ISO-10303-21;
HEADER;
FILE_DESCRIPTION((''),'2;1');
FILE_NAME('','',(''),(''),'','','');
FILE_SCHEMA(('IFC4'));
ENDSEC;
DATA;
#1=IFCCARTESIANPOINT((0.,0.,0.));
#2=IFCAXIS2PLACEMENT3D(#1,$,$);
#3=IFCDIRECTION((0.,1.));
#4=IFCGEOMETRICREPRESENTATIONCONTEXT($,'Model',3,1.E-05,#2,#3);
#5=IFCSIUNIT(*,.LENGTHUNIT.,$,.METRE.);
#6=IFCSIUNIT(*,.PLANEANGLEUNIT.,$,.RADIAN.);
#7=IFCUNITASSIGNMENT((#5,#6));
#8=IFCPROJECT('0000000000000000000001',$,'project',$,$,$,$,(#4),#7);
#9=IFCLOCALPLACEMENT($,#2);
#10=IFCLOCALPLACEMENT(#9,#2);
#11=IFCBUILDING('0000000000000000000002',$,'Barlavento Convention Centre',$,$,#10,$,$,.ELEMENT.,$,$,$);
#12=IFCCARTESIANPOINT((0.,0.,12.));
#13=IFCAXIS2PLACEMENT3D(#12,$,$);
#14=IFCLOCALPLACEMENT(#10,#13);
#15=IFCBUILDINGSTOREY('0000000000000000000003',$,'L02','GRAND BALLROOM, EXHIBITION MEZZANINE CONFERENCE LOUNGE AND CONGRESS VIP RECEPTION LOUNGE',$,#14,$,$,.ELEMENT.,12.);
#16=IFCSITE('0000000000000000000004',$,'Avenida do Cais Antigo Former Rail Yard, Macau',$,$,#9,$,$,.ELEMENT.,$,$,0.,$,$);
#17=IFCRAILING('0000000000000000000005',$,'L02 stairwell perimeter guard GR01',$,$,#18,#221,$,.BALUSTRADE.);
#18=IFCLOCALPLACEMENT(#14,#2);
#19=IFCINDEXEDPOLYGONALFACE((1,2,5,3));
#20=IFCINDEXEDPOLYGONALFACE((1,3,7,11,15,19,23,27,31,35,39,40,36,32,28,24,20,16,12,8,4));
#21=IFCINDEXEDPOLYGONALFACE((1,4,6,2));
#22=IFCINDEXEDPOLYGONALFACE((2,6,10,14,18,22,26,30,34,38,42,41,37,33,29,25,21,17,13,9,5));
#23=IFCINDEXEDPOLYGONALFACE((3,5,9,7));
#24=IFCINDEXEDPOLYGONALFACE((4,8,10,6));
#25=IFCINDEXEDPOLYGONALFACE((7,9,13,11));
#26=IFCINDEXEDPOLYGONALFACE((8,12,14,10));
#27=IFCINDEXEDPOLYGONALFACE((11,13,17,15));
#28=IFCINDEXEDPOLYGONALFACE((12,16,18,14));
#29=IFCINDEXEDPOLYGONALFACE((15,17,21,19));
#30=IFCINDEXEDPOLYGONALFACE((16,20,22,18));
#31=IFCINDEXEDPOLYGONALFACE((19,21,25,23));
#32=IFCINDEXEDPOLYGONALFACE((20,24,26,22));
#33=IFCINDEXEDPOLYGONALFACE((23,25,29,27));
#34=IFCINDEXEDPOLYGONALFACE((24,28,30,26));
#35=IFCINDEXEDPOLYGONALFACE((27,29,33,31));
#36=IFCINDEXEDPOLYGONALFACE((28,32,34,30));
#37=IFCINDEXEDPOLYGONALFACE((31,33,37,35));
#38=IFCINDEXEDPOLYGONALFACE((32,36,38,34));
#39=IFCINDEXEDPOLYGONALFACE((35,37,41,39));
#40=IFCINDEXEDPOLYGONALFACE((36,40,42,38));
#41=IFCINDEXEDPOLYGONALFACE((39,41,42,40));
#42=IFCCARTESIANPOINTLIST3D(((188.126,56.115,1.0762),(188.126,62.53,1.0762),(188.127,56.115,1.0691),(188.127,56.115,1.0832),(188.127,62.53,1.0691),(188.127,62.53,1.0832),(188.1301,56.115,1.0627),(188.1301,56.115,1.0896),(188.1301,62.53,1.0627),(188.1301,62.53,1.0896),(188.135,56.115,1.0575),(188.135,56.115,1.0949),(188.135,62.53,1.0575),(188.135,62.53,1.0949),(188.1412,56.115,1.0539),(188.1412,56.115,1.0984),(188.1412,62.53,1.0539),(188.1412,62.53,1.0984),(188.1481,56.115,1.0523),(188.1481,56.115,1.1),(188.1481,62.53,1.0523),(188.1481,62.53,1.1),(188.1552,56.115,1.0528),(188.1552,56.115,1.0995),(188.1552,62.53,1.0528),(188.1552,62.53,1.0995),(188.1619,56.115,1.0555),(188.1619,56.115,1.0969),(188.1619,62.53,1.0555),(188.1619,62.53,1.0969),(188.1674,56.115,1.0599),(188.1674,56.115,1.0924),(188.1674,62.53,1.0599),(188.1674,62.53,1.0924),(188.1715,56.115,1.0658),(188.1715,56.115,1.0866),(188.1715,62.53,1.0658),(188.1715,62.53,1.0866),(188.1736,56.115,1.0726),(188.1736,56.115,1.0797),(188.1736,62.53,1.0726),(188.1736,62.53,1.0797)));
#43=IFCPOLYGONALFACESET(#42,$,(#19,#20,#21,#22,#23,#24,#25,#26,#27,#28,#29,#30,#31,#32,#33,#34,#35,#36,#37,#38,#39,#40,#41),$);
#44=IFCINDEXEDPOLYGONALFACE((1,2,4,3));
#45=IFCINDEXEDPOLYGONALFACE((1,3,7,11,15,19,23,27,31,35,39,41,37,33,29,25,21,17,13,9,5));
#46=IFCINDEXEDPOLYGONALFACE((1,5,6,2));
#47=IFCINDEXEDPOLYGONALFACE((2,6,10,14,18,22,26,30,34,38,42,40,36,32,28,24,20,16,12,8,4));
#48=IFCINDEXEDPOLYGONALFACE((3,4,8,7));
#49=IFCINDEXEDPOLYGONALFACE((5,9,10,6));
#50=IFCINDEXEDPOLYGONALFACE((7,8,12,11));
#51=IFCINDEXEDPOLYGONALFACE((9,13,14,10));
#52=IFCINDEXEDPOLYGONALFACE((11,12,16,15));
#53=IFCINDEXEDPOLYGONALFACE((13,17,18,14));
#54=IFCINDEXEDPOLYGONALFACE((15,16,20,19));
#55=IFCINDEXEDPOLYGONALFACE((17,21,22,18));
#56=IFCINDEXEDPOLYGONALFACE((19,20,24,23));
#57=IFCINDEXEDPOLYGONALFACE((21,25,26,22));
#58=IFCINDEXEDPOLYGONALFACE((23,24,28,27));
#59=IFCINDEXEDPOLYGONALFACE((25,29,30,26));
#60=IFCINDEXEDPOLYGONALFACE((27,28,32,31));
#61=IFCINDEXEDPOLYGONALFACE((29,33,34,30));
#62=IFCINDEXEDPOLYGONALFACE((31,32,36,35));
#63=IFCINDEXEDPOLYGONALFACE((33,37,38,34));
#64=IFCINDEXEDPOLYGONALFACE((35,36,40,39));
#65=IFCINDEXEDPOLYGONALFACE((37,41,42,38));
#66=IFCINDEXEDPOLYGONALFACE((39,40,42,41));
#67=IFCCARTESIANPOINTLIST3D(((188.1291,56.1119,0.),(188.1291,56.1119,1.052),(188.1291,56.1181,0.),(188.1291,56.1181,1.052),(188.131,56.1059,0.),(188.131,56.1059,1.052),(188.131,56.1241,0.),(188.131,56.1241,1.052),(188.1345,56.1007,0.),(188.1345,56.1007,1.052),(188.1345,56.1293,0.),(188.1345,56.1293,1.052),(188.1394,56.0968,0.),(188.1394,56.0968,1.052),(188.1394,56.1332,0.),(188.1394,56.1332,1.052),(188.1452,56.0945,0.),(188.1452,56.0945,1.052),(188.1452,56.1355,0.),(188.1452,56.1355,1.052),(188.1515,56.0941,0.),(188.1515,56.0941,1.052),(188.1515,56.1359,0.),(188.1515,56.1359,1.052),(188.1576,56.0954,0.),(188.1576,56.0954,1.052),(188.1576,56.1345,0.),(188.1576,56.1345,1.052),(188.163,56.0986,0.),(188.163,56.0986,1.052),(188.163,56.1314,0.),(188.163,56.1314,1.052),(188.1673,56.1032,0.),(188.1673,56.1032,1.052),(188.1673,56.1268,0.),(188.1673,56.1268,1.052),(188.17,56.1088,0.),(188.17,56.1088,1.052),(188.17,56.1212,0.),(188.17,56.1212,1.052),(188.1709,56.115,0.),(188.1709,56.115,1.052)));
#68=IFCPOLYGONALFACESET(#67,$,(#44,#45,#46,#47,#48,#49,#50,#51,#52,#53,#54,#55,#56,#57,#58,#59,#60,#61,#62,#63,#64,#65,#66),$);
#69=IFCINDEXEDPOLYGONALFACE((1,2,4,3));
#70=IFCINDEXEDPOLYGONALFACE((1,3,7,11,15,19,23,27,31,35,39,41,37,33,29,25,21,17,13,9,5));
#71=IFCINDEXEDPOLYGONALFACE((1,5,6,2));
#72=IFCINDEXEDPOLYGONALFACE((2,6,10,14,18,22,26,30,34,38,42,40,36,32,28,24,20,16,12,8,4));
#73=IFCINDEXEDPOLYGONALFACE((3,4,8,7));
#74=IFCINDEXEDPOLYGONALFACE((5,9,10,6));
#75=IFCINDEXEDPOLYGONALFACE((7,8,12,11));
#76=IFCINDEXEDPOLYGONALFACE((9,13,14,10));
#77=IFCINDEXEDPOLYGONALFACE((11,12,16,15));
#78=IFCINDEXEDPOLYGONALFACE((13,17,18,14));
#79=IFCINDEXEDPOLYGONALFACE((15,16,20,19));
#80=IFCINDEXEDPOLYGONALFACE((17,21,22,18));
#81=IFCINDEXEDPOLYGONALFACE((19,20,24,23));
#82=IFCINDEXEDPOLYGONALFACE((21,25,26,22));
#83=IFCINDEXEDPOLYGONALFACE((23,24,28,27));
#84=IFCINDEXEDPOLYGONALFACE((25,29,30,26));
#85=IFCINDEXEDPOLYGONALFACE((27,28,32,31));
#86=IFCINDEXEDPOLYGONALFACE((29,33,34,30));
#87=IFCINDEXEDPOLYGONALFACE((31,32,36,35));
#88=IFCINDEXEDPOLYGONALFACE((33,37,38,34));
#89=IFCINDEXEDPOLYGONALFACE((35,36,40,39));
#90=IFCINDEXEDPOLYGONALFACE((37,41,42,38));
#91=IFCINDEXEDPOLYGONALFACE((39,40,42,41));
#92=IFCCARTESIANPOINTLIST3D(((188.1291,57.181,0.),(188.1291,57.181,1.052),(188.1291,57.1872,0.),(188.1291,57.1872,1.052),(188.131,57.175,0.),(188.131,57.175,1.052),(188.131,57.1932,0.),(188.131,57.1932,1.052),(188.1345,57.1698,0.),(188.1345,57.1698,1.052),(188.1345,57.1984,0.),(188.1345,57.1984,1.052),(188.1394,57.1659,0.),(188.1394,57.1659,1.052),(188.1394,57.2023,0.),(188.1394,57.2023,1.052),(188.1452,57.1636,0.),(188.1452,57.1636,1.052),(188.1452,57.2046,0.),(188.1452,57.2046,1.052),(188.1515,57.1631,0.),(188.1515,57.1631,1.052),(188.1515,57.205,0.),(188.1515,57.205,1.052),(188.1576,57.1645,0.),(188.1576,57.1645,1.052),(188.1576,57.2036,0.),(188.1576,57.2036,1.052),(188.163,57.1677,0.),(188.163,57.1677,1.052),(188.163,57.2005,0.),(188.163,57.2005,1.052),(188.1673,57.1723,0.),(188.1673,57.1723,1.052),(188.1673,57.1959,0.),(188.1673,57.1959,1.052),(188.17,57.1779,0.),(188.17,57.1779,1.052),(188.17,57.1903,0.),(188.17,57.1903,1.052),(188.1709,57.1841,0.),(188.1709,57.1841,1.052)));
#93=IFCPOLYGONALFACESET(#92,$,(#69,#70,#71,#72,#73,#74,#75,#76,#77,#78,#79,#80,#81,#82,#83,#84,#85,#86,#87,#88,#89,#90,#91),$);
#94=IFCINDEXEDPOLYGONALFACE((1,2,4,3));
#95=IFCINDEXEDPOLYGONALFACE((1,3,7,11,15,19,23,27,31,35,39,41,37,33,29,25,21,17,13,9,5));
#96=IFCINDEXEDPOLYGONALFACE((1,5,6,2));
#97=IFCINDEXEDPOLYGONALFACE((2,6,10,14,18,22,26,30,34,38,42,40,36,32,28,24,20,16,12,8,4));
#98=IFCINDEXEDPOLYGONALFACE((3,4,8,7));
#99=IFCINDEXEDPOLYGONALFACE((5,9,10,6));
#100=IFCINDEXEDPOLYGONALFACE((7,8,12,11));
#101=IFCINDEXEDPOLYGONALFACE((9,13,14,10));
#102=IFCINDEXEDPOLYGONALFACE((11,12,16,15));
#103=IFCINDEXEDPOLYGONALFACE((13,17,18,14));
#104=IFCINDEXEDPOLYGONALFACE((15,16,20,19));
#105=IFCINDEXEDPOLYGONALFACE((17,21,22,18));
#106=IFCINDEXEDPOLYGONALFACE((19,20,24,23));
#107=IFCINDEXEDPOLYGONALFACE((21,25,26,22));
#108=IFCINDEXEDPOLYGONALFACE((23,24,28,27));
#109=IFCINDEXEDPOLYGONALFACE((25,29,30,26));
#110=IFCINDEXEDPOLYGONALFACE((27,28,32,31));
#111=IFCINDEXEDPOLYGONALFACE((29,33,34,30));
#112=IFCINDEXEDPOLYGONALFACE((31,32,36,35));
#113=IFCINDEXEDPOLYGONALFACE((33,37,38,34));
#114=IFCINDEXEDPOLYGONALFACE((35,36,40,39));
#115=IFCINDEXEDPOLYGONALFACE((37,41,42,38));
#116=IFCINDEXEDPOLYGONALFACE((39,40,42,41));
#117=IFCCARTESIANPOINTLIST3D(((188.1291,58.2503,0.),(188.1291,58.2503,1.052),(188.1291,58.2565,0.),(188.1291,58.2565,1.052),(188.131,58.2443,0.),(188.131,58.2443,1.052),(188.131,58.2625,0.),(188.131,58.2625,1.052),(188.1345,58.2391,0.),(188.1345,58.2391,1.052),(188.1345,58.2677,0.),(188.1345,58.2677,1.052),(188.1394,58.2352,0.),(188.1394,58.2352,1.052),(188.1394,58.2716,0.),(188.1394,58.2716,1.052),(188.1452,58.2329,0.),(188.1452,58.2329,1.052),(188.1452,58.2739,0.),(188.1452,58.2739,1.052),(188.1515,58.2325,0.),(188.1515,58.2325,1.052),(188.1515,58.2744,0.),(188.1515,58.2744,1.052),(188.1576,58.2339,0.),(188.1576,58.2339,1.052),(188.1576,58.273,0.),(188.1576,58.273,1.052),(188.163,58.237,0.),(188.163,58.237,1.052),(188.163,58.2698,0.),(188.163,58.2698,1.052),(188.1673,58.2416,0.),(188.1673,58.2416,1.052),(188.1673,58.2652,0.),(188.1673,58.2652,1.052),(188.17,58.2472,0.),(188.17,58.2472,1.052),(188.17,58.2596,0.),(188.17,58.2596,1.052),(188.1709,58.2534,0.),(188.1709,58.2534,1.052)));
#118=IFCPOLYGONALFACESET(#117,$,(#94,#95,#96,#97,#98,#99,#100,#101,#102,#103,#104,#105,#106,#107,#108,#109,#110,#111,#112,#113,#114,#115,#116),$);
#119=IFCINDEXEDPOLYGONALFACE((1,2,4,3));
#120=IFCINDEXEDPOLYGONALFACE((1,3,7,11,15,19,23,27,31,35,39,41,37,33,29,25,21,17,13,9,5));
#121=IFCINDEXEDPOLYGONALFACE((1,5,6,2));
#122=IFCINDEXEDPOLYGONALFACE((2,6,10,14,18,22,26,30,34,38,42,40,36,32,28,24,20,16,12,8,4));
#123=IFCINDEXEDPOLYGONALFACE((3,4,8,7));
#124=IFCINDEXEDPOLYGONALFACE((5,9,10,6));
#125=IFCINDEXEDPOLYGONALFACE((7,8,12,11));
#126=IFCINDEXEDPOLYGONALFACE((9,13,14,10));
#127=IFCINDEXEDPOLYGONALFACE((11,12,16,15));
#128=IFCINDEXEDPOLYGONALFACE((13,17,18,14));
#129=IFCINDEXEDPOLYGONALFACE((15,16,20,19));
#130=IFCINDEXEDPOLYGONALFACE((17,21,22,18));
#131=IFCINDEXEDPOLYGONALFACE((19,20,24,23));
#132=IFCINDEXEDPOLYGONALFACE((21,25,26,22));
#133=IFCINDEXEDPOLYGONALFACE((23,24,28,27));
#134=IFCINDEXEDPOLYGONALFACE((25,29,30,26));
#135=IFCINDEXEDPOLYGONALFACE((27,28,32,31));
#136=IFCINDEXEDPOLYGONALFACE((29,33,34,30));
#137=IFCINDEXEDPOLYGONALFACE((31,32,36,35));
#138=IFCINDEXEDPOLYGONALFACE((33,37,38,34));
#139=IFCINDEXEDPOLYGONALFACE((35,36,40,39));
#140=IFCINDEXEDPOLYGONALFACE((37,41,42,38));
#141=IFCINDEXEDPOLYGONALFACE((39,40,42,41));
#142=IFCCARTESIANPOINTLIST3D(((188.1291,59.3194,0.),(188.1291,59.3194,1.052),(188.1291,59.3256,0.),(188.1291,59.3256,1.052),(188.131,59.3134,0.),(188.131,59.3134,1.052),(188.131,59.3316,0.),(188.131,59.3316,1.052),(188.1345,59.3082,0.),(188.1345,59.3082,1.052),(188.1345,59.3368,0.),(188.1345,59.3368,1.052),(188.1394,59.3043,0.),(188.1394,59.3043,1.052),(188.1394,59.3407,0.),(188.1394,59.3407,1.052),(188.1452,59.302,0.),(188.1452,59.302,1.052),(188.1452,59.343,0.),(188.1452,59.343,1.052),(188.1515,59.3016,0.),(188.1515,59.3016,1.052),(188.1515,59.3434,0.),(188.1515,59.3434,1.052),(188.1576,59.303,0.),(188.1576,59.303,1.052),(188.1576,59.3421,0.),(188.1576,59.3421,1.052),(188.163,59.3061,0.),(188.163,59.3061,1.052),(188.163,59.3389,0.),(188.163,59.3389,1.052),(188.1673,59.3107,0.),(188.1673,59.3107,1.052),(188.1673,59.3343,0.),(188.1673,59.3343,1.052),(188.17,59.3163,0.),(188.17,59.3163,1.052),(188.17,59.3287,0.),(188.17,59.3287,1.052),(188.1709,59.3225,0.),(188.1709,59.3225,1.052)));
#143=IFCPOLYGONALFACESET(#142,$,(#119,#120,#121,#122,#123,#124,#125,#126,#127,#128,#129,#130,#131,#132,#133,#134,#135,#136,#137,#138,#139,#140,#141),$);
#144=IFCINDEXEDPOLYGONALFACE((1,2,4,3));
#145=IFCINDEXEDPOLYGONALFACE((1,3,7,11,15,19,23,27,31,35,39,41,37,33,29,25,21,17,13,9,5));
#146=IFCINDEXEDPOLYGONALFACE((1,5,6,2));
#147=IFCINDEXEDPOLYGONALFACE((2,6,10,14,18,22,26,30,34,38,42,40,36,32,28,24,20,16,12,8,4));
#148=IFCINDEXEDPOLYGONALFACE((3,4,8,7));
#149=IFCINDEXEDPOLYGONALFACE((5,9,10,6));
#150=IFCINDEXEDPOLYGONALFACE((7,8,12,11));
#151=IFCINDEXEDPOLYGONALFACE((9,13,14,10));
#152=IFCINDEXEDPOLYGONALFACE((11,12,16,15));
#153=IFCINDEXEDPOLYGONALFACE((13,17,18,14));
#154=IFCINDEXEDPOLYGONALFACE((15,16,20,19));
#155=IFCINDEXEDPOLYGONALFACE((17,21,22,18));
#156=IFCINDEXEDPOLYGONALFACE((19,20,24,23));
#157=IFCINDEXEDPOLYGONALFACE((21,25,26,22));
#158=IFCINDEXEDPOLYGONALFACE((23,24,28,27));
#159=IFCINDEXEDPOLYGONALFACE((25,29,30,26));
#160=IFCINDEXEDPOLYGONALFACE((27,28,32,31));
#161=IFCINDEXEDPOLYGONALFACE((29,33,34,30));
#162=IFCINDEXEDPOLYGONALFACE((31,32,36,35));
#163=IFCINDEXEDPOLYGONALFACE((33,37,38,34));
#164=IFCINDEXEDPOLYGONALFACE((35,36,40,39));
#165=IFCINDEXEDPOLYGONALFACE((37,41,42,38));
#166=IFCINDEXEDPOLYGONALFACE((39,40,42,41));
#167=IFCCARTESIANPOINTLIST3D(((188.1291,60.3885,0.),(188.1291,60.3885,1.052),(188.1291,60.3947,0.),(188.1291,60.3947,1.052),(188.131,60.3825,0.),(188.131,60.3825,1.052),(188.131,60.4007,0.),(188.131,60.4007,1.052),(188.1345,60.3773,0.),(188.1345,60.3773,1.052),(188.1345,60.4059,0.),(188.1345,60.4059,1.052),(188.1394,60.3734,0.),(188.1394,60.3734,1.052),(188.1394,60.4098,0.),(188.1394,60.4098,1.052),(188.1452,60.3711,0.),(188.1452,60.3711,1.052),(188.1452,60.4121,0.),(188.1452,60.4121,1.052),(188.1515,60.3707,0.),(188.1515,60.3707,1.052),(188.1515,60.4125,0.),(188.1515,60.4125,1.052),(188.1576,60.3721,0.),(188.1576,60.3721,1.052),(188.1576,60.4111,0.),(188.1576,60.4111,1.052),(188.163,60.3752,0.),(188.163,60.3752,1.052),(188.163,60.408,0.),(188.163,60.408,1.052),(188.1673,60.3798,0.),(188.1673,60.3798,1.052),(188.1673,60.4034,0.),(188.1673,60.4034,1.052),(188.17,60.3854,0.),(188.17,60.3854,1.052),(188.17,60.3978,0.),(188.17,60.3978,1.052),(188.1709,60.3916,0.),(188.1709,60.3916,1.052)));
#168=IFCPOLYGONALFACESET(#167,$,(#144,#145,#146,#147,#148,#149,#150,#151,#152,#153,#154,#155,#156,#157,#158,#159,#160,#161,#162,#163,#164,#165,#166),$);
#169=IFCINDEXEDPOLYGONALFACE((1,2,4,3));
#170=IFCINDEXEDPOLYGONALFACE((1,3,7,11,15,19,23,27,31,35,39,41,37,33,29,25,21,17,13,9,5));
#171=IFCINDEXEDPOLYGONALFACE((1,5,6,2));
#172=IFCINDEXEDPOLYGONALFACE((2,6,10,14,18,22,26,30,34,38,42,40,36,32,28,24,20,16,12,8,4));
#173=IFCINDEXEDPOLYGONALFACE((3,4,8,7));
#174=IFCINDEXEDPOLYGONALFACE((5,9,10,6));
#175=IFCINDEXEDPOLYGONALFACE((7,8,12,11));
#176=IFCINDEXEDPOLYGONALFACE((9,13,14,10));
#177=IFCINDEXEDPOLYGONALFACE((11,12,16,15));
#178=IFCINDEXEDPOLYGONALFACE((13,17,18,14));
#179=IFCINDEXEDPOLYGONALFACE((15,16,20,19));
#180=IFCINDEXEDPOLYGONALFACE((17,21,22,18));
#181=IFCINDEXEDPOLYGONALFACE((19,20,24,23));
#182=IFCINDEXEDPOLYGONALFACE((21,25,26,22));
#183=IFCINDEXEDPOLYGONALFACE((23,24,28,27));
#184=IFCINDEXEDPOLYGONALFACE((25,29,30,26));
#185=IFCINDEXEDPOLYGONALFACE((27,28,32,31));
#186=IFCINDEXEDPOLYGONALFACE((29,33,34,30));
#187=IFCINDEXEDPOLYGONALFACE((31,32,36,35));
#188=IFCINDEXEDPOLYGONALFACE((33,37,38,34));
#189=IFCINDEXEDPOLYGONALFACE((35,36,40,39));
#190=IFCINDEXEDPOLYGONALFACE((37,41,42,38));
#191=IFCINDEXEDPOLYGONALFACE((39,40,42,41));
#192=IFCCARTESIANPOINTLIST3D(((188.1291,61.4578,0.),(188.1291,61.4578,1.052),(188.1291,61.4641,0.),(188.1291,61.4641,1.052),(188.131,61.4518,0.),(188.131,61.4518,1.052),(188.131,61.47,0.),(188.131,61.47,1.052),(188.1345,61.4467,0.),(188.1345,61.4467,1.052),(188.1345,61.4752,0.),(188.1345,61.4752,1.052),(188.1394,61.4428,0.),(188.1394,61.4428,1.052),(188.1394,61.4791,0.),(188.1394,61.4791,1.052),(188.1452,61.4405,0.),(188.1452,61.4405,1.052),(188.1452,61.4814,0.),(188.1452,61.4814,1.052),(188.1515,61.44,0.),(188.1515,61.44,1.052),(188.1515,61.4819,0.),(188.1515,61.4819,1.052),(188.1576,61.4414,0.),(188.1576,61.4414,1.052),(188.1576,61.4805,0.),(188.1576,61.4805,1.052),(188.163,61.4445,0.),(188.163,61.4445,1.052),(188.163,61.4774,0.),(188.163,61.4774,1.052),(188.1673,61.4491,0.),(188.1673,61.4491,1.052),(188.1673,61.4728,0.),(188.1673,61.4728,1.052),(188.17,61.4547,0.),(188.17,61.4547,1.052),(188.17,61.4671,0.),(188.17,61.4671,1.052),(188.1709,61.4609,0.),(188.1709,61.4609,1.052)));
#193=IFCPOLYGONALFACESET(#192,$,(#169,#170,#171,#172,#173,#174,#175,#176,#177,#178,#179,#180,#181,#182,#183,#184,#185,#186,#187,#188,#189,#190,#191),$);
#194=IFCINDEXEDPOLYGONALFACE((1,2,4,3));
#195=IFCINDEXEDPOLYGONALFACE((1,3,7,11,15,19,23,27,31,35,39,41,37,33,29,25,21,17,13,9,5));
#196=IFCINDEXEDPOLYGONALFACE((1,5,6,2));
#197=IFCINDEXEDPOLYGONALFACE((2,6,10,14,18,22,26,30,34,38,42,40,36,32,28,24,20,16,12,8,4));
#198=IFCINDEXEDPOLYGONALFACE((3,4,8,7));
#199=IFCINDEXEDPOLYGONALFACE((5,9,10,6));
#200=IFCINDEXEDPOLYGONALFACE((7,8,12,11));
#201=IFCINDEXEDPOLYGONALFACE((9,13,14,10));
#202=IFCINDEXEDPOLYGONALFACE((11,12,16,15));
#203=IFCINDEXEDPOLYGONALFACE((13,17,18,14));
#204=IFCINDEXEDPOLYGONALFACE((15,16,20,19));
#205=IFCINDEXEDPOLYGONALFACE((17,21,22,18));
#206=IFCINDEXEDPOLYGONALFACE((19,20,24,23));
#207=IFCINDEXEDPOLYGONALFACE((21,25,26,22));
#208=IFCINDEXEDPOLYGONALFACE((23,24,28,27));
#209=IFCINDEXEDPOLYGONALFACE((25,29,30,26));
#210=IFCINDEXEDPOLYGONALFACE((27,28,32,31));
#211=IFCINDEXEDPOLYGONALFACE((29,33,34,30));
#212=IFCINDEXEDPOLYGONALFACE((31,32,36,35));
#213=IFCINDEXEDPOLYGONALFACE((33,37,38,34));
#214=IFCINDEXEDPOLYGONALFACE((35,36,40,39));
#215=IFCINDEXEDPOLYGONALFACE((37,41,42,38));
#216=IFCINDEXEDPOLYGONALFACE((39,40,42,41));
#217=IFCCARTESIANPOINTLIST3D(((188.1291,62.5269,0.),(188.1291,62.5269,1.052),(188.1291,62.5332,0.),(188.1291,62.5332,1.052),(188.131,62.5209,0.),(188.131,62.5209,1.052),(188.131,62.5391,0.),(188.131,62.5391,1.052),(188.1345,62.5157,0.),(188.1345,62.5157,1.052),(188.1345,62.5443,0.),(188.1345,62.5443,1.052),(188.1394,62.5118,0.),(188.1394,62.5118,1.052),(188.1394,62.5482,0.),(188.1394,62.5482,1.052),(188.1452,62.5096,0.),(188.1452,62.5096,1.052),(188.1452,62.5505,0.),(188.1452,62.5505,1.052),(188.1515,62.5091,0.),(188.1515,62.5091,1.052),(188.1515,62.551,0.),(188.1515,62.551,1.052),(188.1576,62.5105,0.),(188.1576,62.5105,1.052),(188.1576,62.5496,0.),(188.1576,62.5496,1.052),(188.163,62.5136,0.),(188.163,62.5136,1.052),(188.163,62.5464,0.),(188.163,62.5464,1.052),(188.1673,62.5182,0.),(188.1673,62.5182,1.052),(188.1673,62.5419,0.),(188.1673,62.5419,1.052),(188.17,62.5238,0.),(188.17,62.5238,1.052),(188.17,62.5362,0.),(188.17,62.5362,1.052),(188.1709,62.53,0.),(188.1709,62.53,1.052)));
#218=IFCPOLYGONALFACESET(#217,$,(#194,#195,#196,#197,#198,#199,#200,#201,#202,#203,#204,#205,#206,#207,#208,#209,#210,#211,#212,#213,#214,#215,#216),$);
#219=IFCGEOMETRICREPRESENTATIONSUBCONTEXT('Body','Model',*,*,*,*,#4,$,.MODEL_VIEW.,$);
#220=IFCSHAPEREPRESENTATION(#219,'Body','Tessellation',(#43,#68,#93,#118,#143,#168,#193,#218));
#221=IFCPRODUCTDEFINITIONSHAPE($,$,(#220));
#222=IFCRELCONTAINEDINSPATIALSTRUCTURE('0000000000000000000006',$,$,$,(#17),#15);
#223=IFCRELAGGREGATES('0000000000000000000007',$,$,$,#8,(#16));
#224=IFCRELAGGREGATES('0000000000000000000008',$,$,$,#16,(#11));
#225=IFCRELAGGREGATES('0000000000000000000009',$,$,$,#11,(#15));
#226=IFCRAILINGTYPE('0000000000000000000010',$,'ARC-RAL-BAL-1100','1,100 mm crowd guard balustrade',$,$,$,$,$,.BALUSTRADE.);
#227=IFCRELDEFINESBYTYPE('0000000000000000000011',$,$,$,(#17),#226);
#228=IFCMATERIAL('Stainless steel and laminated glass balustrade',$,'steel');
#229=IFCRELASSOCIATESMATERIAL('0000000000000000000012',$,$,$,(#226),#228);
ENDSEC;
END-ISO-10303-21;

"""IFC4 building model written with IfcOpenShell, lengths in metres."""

from ifc_helpers import new_model, si_unit, direction, frame, origin, origin_2d, place, context, subcontext, project, spatial, circle, extrude, material, type_object, element, save


model = new_model("IFC4")

# Units and contexts
model_context = context("Model", 3, precision=1e-05, world=origin(), true_north=direction((0.0, 1.0)))
body_context = subcontext(model_context, "Body", "Model", "MODEL_VIEW")
ifc_project = project(units=[si_unit("LENGTHUNIT", "METRE"), si_unit("PLANEANGLEUNIT", "RADIAN")], contexts=[model_context])

# Site, building, storey
site_placement = place(None, origin())
site = spatial("IfcSite", under=ifc_project, at=site_placement, Name="Avenida do Cais Antigo Former Rail Yard, Macau", CompositionType="ELEMENT", RefElevation=0.0)
building_placement = place(site_placement, origin())
building = spatial("IfcBuilding", under=site, at=building_placement, Name="Barlavento Convention Centre", CompositionType="ELEMENT")
storey_placement = place(building_placement, frame((0.0, 0.0, 12.0)))
storey = spatial("IfcBuildingStorey", under=building, at=storey_placement, Name="L02", Description="GRAND BALLROOM, EXHIBITION MEZZANINE CONFERENCE LOUNGE AND CONGRESS VIP RECEPTION LOUNGE", CompositionType="ELEMENT", Elevation=12.0)

# Railing
ifc_material_1 = material(Name="Stainless steel and laminated glass balustrade", Category="steel")
railing_type_1 = type_object("IfcRailingType", Name="ARC-RAL-BAL-1100", Description="1,100 mm crowd guard balustrade", PredefinedType="BALUSTRADE", material=ifc_material_1)
railing_1_placement = place(storey_placement, frame((188.1499, 56.115, 0.0)))
element("IfcRailing", 1, at=railing_1_placement, inside=storey, type_object=railing_type_1, Name="L02 stairwell perimeter guard GR01", PredefinedType="BALUSTRADE", context=body_context, shape_type="SweptSolid", body=[
    extrude(circle(Radius=0.0239, at=origin_2d()), frame((0.0, 0.0, 1.0762), z_axis=(0.0, 1.0, 0.0), x_axis=(-1.0, 0.0, 0.0)), (0.0, 0.0, 1.0), 6.415),
    extrude(circle(Radius=0.021, at=origin_2d()), origin(), (0.0, 0.0, 1.0), 1.052),
    extrude(circle(Radius=0.021, at=origin_2d()), frame((0.0, 1.0691, 0.0)), (0.0, 0.0, 1.0), 1.052),
    extrude(circle(Radius=0.021, at=origin_2d()), frame((0.0, 2.1384, 0.0)), (0.0, 0.0, 1.0), 1.052),
    extrude(circle(Radius=0.021, at=origin_2d()), frame((0.0, 3.2075, 0.0)), (0.0, 0.0, 1.0), 1.052),
    extrude(circle(Radius=0.021, at=origin_2d()), frame((0.0, 4.2766, 0.0)), (0.0, 0.0, 1.0), 1.052),
    extrude(circle(Radius=0.021, at=origin_2d()), frame((0.0, 5.3459, 0.0)), (0.0, 0.0, 1.0), 1.052),
    extrude(circle(Radius=0.021, at=origin_2d()), frame((0.0, 6.415, 0.0)), (0.0, 0.0, 1.0), 1.052),
])

save(model, "model.ifc")
